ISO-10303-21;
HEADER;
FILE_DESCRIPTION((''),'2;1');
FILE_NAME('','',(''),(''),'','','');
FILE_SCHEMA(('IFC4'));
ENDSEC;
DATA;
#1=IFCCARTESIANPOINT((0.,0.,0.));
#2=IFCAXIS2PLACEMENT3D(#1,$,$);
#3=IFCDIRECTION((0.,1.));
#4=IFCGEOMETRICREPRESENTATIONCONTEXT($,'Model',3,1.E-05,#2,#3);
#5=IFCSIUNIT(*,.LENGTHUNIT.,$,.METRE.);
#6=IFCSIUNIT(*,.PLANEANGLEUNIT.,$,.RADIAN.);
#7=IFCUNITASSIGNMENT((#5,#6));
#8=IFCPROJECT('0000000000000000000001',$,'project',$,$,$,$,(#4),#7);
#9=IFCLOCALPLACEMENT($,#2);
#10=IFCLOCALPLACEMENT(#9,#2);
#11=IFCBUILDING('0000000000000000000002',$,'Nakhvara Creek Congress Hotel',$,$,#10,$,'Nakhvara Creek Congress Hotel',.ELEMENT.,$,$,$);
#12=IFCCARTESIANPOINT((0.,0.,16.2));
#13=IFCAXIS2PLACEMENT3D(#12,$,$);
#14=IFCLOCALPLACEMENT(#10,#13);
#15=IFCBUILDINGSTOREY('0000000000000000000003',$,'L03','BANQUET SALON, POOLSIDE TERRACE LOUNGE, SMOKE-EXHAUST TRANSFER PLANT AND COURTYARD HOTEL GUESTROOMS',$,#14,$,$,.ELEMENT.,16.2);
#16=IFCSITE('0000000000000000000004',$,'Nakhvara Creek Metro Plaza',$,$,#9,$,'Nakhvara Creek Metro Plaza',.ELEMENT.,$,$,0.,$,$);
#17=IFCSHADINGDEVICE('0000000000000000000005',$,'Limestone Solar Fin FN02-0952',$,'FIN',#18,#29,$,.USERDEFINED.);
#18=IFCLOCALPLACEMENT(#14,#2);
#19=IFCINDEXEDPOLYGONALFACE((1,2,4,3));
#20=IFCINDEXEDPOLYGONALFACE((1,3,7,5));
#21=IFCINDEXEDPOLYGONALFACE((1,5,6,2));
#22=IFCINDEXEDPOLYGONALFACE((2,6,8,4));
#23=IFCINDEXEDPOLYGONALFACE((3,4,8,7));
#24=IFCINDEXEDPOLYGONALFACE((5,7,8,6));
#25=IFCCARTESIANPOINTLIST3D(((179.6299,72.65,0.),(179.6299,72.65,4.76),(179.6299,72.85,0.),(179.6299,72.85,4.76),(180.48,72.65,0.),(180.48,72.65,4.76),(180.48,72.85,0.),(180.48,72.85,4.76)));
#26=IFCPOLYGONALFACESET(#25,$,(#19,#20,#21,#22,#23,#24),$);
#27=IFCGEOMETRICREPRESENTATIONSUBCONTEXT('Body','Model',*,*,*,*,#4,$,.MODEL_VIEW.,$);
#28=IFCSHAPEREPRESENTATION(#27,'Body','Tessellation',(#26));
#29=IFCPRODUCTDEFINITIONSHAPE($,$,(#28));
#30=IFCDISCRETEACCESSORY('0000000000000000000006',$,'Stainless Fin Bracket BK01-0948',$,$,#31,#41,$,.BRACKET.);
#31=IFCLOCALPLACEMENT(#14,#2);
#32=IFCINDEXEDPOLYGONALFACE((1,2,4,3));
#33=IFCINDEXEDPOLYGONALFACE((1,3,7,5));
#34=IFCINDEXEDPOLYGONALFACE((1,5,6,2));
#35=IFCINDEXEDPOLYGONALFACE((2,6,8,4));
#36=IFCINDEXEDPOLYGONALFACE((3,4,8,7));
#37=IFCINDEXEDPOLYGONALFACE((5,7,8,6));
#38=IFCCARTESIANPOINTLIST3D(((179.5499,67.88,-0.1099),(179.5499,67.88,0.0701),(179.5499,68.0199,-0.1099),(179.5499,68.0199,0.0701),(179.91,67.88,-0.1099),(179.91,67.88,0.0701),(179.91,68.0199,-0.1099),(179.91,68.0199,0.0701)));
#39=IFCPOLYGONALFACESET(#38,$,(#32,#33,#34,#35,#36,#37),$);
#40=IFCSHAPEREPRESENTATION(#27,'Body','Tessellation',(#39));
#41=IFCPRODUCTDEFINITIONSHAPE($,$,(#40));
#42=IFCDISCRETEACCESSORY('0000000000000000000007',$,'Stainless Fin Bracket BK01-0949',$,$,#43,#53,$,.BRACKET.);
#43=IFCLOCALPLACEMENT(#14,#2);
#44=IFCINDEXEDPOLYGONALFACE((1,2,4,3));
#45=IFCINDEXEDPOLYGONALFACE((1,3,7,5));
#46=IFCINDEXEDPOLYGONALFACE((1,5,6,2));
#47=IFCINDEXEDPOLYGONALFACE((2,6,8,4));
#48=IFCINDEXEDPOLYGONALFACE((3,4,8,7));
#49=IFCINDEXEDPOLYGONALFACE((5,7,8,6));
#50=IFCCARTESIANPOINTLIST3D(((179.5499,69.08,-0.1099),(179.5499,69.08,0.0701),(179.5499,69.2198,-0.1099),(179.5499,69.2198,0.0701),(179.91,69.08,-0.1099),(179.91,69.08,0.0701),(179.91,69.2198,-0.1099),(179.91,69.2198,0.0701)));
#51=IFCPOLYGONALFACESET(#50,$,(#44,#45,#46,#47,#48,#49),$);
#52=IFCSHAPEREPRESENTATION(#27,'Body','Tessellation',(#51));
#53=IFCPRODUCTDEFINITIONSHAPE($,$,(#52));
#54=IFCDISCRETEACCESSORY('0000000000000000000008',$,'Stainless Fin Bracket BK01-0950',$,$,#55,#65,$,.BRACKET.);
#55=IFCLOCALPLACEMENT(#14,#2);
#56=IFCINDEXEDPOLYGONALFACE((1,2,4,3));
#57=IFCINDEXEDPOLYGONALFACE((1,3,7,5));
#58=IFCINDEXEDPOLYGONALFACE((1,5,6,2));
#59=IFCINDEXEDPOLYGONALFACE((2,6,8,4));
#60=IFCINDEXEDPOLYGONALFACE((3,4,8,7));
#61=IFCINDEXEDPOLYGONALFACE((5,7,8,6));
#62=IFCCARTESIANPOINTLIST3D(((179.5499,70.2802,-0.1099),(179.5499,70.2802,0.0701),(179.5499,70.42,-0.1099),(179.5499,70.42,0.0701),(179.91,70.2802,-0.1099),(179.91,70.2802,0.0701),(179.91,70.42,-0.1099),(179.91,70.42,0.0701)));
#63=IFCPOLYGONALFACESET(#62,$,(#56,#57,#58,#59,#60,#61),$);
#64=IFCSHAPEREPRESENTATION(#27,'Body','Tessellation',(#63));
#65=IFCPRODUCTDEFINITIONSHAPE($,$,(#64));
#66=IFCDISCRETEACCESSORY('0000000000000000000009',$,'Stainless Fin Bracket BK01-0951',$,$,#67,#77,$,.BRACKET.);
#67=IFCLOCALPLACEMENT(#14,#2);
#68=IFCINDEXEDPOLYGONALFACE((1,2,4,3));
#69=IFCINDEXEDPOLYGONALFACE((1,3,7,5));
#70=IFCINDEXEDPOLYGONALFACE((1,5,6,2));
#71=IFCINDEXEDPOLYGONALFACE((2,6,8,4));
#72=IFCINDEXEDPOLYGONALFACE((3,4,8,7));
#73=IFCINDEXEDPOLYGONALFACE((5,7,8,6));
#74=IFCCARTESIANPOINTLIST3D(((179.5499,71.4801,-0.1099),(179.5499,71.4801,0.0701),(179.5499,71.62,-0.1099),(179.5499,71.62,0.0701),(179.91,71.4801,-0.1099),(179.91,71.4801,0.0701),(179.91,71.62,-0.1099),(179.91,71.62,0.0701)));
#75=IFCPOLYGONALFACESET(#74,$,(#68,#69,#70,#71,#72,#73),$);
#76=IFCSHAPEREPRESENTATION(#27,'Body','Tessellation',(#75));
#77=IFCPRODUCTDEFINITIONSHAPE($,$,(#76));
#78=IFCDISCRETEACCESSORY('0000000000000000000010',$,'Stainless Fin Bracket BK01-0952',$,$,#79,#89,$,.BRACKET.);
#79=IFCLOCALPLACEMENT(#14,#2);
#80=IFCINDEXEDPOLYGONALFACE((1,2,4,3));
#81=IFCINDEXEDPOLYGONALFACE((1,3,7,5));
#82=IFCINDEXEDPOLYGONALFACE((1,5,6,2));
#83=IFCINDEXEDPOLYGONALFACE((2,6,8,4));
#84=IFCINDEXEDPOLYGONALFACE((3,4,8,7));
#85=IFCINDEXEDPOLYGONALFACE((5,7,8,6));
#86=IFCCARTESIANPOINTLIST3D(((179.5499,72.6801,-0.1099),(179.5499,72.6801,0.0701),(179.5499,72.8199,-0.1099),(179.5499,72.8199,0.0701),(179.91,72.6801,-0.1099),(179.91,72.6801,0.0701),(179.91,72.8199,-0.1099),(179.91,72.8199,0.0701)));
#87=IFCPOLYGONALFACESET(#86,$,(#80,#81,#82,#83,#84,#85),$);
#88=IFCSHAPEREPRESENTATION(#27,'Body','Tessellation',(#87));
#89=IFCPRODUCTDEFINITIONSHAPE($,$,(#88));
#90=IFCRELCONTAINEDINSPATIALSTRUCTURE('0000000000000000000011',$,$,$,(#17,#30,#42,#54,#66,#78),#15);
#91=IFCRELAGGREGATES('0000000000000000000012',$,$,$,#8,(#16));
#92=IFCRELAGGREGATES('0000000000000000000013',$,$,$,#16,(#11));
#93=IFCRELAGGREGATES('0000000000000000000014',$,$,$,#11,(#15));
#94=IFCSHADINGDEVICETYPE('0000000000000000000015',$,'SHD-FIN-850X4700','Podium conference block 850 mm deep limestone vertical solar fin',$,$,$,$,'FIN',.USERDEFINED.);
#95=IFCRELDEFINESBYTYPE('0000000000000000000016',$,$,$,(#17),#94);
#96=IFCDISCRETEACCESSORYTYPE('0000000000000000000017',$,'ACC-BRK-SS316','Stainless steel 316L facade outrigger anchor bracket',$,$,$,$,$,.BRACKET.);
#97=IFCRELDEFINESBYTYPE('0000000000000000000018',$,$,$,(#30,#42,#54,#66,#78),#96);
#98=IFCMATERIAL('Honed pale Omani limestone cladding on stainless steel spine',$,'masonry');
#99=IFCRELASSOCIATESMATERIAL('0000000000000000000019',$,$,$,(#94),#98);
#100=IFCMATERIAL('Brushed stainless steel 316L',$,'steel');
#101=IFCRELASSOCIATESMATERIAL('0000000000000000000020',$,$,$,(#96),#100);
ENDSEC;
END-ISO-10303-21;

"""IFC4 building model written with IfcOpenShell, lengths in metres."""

from ifc_helpers import new_model, si_unit, direction, frame, origin, origin_2d, place, context, subcontext, project, spatial, rectangle, extrude, material, type_object, element, save


model = new_model("IFC4")

# Units and contexts
model_context = context("Model", 3, precision=1e-05, world=origin(), true_north=direction((0.0, 1.0)))
body_context = subcontext(model_context, "Body", "Model", "MODEL_VIEW")
ifc_project = project(units=[si_unit("LENGTHUNIT", "METRE"), si_unit("PLANEANGLEUNIT", "RADIAN")], contexts=[model_context])

# Site, building, storey
site_placement = place(None, origin())
site = spatial("IfcSite", under=ifc_project, at=site_placement, Name="Nakhvara Creek Metro Plaza", LongName="Nakhvara Creek Metro Plaza", CompositionType="ELEMENT", RefElevation=0.0)
building_placement = place(site_placement, origin())
building = spatial("IfcBuilding", under=site, at=building_placement, Name="Nakhvara Creek Congress Hotel", LongName="Nakhvara Creek Congress Hotel", CompositionType="ELEMENT")
storey_placement = place(building_placement, frame((0.0, 0.0, 16.2)))
storey = spatial("IfcBuildingStorey", under=building, at=storey_placement, Name="L03", Description="BANQUET SALON, POOLSIDE TERRACE LOUNGE, SMOKE-EXHAUST TRANSFER PLANT AND COURTYARD HOTEL GUESTROOMS", CompositionType="ELEMENT", Elevation=16.2)

# Shading device
ifc_material_1 = material(Name="Honed pale Omani limestone cladding on stainless steel spine", Category="masonry")
shading_device_type = type_object("IfcShadingDeviceType", Name="SHD-FIN-850X4700", Description="Podium conference block 850 mm deep limestone vertical solar fin", ElementType="FIN", PredefinedType="USERDEFINED", material=ifc_material_1)
for number, where, z_axis, x_axis, name in (
    (1, (180.0549, 72.75, 0.0), (0.0, 0.0, 1.0), (0.0, 1.0, 0.0), "Limestone Solar Fin FN02-0952"),
):
    element("IfcShadingDevice", number, at=place(storey_placement, frame(where, z_axis=z_axis, x_axis=x_axis)), inside=storey, type_object=shading_device_type, Name=name, ObjectType="FIN", PredefinedType="USERDEFINED", context=body_context, shape_type="SweptSolid", body=[
        extrude(rectangle(XDim=0.2, YDim=0.8501, at=origin_2d()), origin(), (0.0, 0.0, 1.0), 4.76),
    ])

# Discrete accessories
ifc_material_2 = material(Name="Brushed stainless steel 316L", Category="steel")
discrete_accessory_type = type_object("IfcDiscreteAccessoryType", Name="ACC-BRK-SS316", Description="Stainless steel 316L facade outrigger anchor bracket", PredefinedType="BRACKET", material=ifc_material_2)
for number, where, z_axis, x_axis, name in (
    (2, (179.73, 67.95, -0.1099), (0.0, 0.0, 1.0), (0.0, 1.0, 0.0), "Stainless Fin Bracket BK01-0948"),
    (3, (179.73, 69.1499, -0.1099), (0.0, 0.0, 1.0), (0.0, 1.0, 0.0), "Stainless Fin Bracket BK01-0949"),
    (4, (179.73, 70.3501, -0.1099), (0.0, 0.0, 1.0), (0.0, 1.0, 0.0), "Stainless Fin Bracket BK01-0950"),
    (5, (179.73, 71.55, -0.1099), (0.0, 0.0, 1.0), (0.0, 1.0, 0.0), "Stainless Fin Bracket BK01-0951"),
    (6, (179.73, 72.75, -0.1099), (0.0, 0.0, 1.0), (0.0, 1.0, 0.0), "Stainless Fin Bracket BK01-0952"),
):
    element("IfcDiscreteAccessory", number, at=place(storey_placement, frame(where, z_axis=z_axis, x_axis=x_axis)), inside=storey, type_object=discrete_accessory_type, Name=name, PredefinedType="BRACKET", context=body_context, shape_type="SweptSolid", body=[
        extrude(rectangle(XDim=0.1399, YDim=0.3601, at=origin_2d()), origin(), (0.0, 0.0, 1.0), 0.1799),
    ])

save(model, "model.ifc")
